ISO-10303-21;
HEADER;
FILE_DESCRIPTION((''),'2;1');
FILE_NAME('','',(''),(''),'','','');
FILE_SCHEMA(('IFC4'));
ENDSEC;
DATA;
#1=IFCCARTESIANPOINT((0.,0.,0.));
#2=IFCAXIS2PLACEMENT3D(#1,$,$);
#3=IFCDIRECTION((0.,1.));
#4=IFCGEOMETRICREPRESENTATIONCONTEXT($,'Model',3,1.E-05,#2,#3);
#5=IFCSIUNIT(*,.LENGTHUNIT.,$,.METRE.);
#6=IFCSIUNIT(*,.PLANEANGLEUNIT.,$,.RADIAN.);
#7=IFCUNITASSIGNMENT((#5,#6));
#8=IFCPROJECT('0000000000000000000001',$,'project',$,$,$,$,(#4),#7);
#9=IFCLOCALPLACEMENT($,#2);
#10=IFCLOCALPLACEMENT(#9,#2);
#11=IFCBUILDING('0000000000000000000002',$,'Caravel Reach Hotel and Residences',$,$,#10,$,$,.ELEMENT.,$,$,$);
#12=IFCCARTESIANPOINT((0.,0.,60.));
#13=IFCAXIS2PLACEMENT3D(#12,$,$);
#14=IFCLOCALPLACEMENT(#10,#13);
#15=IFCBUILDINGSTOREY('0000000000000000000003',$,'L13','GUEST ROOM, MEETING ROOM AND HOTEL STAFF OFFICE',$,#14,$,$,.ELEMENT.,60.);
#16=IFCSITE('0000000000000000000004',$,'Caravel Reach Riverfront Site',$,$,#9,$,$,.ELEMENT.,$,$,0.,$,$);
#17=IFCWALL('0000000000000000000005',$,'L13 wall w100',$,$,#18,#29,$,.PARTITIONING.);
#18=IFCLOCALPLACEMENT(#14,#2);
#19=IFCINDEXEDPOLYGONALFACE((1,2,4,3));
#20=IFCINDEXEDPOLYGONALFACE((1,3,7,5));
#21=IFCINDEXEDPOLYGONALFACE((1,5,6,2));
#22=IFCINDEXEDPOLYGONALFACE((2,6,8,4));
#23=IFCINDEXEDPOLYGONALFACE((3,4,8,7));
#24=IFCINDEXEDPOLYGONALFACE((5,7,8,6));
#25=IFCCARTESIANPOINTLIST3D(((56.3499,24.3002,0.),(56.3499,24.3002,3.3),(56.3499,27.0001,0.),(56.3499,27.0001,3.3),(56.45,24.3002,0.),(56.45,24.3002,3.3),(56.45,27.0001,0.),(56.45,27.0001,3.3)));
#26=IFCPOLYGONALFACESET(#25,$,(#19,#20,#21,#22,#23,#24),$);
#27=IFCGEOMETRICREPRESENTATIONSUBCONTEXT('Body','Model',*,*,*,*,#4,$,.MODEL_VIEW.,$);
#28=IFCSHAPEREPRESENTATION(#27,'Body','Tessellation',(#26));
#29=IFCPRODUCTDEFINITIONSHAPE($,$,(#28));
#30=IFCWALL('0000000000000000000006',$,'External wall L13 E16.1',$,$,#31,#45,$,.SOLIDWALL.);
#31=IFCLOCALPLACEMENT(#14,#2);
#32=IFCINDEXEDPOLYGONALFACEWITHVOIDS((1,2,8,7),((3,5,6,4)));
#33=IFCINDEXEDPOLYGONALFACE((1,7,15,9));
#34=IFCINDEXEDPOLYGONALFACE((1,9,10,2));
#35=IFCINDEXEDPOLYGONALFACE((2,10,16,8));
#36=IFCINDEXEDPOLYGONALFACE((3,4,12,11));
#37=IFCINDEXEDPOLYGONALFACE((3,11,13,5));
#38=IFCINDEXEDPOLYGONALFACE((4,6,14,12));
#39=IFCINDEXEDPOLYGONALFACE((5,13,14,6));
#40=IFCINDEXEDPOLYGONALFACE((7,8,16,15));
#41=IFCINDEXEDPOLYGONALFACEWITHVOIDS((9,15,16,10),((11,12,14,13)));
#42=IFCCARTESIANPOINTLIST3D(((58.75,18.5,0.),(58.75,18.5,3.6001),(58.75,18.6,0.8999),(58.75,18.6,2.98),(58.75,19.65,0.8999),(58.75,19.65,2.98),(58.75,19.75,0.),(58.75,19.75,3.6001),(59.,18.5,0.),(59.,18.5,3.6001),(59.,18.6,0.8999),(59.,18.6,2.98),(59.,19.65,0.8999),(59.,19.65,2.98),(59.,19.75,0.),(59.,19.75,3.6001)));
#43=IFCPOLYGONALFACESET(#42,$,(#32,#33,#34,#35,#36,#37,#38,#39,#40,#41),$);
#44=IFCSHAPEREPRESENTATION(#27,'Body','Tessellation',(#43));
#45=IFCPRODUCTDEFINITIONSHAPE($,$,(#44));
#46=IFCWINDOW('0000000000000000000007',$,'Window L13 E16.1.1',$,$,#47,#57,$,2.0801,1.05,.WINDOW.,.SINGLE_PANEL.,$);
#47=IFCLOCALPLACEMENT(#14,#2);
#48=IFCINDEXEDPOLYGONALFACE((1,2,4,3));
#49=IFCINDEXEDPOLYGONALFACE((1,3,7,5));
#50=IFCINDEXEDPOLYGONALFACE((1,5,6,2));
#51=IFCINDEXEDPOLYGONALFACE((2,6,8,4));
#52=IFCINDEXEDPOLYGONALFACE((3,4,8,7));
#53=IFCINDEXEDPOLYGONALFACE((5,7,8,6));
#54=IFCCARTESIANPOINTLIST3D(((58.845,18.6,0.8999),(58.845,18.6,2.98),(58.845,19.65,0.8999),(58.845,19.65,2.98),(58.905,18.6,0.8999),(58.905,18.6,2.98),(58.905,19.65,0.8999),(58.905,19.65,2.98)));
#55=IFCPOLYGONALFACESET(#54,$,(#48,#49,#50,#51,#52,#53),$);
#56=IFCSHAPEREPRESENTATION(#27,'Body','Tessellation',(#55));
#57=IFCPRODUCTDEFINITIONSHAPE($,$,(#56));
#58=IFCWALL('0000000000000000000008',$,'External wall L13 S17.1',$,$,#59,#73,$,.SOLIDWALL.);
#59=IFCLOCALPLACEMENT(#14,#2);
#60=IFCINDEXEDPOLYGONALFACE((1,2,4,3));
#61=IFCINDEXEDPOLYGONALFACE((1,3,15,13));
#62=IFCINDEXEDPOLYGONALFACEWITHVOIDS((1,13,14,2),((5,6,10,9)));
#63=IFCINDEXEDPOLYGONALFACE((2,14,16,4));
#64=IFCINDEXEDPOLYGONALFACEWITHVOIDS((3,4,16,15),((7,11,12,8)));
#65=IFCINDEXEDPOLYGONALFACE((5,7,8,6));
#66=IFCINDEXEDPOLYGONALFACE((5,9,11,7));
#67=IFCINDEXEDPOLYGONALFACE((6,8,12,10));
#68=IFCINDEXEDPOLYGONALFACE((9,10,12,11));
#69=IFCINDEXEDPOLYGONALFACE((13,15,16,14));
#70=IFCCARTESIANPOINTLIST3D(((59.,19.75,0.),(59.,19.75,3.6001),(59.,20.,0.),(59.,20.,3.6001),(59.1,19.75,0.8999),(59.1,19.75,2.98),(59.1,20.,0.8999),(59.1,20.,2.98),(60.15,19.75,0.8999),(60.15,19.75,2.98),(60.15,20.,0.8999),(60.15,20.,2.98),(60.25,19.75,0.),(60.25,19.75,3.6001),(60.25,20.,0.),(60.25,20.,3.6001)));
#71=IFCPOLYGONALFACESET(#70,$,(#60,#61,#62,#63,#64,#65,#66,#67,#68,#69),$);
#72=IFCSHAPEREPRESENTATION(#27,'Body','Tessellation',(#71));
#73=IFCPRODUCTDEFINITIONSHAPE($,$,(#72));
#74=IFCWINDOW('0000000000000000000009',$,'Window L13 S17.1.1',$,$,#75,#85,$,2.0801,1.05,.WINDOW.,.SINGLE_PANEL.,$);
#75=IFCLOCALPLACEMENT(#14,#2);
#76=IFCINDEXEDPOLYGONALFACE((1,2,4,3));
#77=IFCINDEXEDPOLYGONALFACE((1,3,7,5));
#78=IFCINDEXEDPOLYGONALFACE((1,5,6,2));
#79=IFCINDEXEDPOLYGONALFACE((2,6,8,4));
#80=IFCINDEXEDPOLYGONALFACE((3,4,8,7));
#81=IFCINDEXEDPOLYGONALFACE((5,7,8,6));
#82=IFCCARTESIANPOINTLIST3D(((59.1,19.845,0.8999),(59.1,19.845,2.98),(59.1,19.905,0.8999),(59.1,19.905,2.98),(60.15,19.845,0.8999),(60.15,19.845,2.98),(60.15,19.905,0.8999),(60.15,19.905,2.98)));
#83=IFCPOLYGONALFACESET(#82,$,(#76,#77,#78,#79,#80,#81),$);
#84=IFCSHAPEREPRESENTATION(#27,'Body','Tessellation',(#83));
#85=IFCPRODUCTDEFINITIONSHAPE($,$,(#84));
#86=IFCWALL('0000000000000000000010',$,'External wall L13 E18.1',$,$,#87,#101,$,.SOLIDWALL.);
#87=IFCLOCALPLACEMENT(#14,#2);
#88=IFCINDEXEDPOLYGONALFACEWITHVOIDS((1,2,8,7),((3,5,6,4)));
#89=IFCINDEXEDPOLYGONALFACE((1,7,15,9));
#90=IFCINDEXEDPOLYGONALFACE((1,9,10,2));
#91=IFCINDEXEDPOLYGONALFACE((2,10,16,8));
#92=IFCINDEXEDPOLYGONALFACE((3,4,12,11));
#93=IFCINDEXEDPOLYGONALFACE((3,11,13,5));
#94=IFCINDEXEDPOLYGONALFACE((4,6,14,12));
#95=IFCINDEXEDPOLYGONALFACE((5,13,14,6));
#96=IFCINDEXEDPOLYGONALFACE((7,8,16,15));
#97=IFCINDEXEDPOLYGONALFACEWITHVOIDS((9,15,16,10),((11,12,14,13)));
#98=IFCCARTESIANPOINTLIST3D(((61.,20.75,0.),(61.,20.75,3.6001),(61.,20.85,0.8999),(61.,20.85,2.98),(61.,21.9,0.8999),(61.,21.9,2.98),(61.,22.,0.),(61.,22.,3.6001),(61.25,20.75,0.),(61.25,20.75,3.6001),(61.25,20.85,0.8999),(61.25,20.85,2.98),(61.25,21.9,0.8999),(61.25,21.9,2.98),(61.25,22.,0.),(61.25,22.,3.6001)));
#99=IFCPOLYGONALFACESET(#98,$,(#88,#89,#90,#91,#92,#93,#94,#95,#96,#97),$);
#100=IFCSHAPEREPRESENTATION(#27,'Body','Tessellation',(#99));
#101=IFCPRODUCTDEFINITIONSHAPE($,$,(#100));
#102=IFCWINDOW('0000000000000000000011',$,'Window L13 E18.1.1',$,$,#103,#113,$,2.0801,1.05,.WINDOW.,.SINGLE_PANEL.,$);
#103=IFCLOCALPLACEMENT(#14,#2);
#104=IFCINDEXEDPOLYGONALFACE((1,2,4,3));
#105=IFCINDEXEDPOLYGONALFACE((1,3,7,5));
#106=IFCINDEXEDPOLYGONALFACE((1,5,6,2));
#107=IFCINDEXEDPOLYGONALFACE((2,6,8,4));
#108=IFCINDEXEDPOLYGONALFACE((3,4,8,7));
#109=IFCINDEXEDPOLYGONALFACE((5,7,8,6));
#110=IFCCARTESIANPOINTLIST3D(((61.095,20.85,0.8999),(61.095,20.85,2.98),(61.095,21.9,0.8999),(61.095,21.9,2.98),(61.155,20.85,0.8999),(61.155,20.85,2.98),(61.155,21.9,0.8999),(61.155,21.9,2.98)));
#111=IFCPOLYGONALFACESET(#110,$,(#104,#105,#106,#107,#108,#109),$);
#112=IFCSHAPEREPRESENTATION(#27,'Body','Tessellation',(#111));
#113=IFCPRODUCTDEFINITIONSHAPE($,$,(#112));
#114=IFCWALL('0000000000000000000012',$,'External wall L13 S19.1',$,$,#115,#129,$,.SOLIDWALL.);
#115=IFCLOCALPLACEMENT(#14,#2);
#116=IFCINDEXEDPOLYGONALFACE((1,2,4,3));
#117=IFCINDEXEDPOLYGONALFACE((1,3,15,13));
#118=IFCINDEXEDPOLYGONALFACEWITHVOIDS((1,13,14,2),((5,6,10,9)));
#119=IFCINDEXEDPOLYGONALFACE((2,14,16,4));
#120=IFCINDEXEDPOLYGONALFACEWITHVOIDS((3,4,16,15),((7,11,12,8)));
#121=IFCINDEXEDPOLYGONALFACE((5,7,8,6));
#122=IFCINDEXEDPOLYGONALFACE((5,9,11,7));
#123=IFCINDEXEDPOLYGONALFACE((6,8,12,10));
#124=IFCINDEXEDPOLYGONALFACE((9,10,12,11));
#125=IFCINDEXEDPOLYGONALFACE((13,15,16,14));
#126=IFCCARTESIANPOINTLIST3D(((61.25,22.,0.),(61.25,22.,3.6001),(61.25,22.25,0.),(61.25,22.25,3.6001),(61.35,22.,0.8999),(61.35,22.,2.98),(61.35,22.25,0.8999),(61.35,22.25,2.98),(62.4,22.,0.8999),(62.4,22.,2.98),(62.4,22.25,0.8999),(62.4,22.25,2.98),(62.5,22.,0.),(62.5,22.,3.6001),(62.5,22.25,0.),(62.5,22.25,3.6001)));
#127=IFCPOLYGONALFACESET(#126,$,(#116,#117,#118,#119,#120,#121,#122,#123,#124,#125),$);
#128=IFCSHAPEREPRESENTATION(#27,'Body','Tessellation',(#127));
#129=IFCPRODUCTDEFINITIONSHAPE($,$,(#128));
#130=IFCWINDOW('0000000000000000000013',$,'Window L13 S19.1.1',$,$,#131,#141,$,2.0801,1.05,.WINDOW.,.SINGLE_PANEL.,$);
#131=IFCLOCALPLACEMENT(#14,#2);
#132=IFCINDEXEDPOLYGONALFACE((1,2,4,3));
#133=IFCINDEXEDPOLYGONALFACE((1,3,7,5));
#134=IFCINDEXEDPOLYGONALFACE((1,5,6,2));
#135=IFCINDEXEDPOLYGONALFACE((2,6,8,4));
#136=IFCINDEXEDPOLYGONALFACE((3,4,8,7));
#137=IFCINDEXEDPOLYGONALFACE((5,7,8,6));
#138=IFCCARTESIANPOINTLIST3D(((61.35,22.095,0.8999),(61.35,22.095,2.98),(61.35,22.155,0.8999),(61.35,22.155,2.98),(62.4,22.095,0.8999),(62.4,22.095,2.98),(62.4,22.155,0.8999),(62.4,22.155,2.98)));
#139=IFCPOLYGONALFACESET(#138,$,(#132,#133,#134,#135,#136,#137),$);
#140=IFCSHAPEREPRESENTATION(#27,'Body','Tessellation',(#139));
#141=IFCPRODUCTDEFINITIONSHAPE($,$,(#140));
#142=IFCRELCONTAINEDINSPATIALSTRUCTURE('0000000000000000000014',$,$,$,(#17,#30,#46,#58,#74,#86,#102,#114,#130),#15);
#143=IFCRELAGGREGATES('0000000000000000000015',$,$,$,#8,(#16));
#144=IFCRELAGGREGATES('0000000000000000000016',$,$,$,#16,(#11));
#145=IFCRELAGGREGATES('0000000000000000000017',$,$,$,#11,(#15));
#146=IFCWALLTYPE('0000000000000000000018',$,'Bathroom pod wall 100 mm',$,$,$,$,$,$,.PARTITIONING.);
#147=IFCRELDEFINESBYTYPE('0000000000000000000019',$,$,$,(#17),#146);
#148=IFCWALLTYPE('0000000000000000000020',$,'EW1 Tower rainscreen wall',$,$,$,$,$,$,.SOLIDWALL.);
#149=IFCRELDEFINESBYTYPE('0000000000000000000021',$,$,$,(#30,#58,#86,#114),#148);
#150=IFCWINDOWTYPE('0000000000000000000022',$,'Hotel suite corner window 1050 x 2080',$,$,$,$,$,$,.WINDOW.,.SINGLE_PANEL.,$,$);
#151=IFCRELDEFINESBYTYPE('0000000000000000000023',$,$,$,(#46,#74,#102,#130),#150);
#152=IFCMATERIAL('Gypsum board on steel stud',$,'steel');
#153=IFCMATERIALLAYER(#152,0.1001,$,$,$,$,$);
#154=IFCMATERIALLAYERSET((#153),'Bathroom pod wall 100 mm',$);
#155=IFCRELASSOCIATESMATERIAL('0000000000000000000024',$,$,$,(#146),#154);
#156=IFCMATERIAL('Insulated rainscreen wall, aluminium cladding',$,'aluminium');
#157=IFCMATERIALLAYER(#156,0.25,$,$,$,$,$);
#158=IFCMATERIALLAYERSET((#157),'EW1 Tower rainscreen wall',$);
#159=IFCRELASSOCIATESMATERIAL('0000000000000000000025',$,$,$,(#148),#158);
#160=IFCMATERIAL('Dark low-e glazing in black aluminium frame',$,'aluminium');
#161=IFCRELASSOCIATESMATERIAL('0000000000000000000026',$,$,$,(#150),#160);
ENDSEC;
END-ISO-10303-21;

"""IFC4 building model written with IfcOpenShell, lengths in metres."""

from ifc_helpers import new_model, si_unit, direction, frame, frame_2d, origin, place, context, subcontext, project, spatial, rectangle, extrude, material, layer, layer_set, type_object, element, fill, save


model = new_model("IFC4")

# Units and contexts
model_context = context("Model", 3, precision=1e-05, world=origin(), true_north=direction((0.0, 1.0)))
body_context = subcontext(model_context, "Body", "Model", "MODEL_VIEW")
ifc_project = project(units=[si_unit("LENGTHUNIT", "METRE"), si_unit("PLANEANGLEUNIT", "RADIAN")], contexts=[model_context])

# Site, building, storey
site_placement = place(None, origin())
site = spatial("IfcSite", under=ifc_project, at=site_placement, Name="Caravel Reach Riverfront Site", CompositionType="ELEMENT", RefElevation=0.0)
building_placement = place(site_placement, origin())
building = spatial("IfcBuilding", under=site, at=building_placement, Name="Caravel Reach Hotel and Residences", CompositionType="ELEMENT")
storey_placement = place(building_placement, frame((0.0, 0.0, 60.0)))
storey = spatial("IfcBuildingStorey", under=building, at=storey_placement, Name="L13", Description="GUEST ROOM, MEETING ROOM AND HOTEL STAFF OFFICE", CompositionType="ELEMENT", Elevation=60.0)

# Shared definitions
ifc_material_1 = material(Name="Gypsum board on steel stud", Category="steel")
ifc_layer_1 = layer(ifc_material_1, 0.1001)
ifc_layer_set_1 = layer_set([ifc_layer_1], Name="Bathroom pod wall 100 mm")
wall_type_1 = type_object("IfcWallType", Name="Bathroom pod wall 100 mm", PredefinedType="PARTITIONING", material=ifc_layer_set_1)

# Wall
for number, where, z_axis, x_axis, name in (
    (1, (56.3999, 24.3, 0.0), (0.0, 0.0, 1.0), (0.0, 1.0, 0.0), "L13 wall w100"),
):
    element("IfcWall", number, at=place(storey_placement, frame(where, z_axis=z_axis, x_axis=x_axis)), inside=storey, type_object=wall_type_1, Name=name, PredefinedType="PARTITIONING", context=body_context, shape_type="SweptSolid", body=[
        extrude(rectangle(XDim=2.7, YDim=0.1001, at=frame_2d((1.3501, 0.0))), origin(), (0.0, 0.0, 1.0), 3.3),
    ])

# Walls, openings, windows
ifc_material_2 = material(Name="Insulated rainscreen wall, aluminium cladding", Category="aluminium")
ifc_layer_2 = layer(ifc_material_2, 0.25)
ifc_layer_set_2 = layer_set([ifc_layer_2], Name="EW1 Tower rainscreen wall")
wall_type_2 = type_object("IfcWallType", Name="EW1 Tower rainscreen wall", PredefinedType="SOLIDWALL", material=ifc_layer_set_2)
wall_1_placement = place(storey_placement, frame((58.875, 18.5, 0.0), z_axis=(0.0, 0.0, 1.0), x_axis=(0.0, 1.0, 0.0)))
wall_1 = element("IfcWall", 2, at=wall_1_placement, inside=storey, type_object=wall_type_2, Name="External wall L13 E16.1", PredefinedType="SOLIDWALL", context=body_context, shape_type="SweptSolid", body=[
    extrude(rectangle(XDim=1.25, YDim=0.25, at=frame_2d((0.625, 0.0))), origin(), (0.0, 0.0, 1.0), 3.6001),
])
opening_1_placement = place(wall_1_placement, frame((0.1001, 0.0, 0.8999)))
opening_1 = element("IfcOpeningElement", 3, at=opening_1_placement, cuts=wall_1, PredefinedType="OPENING", context=body_context, shape_type="SweptSolid", body=[
    extrude(rectangle(XDim=1.05, YDim=2.0801, at=frame_2d((0.5249, 1.04))), frame((0.0, 0.135, 0.0), z_axis=(0.0, -1.0, 0.0), x_axis=(1.0, 0.0, 0.0)), (0.0, 0.0, 1.0), 0.27),
])
ifc_material_3 = material(Name="Dark low-e glazing in black aluminium frame", Category="aluminium")
window_type_1 = type_object("IfcWindowType", Name="Hotel suite corner window 1050 x 2080", PartitioningType="SINGLE_PANEL", PredefinedType="WINDOW", material=ifc_material_3)
window_1_placement = place(opening_1_placement, origin())
window_1 = element("IfcWindow", 4, at=window_1_placement, inside=storey, type_object=window_type_1, Name="Window L13 E16.1.1", OverallHeight=2.0801, OverallWidth=1.05, PartitioningType="SINGLE_PANEL", PredefinedType="WINDOW", context=body_context, shape_type="SweptSolid", body=[
    extrude(rectangle(XDim=1.05, YDim=2.0801, at=frame_2d((0.5249, 1.04))), frame((0.0, 0.03, 0.0), z_axis=(0.0, -1.0, 0.0), x_axis=(1.0, 0.0, 0.0)), (0.0, 0.0, 1.0), 0.0601),
])
fill(opening_1, window_1)
wall_2_placement = place(storey_placement, frame((59.0, 19.875, 0.0), z_axis=(0.0, 0.0, 1.0), x_axis=(1.0, 0.0, 0.0)))
wall_2 = element("IfcWall", 5, at=wall_2_placement, inside=storey, type_object=wall_type_2, Name="External wall L13 S17.1", PredefinedType="SOLIDWALL", context=body_context, shape_type="SweptSolid", body=[
    extrude(rectangle(XDim=1.25, YDim=0.25, at=frame_2d((0.625, 0.0))), origin(), (0.0, 0.0, 1.0), 3.6001),
])
opening_2_placement = place(wall_2_placement, frame((0.1001, 0.0, 0.8999)))
opening_2 = element("IfcOpeningElement", 6, at=opening_2_placement, cuts=wall_2, PredefinedType="OPENING", context=body_context, shape_type="SweptSolid", body=[
    extrude(rectangle(XDim=1.05, YDim=2.0801, at=frame_2d((0.5249, 1.04))), frame((0.0, 0.135, 0.0), z_axis=(0.0, -1.0, 0.0), x_axis=(1.0, 0.0, 0.0)), (0.0, 0.0, 1.0), 0.27),
])
window_2_placement = place(opening_2_placement, origin())
window_2 = element("IfcWindow", 7, at=window_2_placement, inside=storey, type_object=window_type_1, Name="Window L13 S17.1.1", OverallHeight=2.0801, OverallWidth=1.05, PartitioningType="SINGLE_PANEL", PredefinedType="WINDOW", context=body_context, shape_type="SweptSolid", body=[
    extrude(rectangle(XDim=1.05, YDim=2.0801, at=frame_2d((0.5249, 1.04))), frame((0.0, 0.03, 0.0), z_axis=(0.0, -1.0, 0.0), x_axis=(1.0, 0.0, 0.0)), (0.0, 0.0, 1.0), 0.0601),
])
fill(opening_2, window_2)
wall_3_placement = place(storey_placement, frame((61.125, 20.75, 0.0), z_axis=(0.0, 0.0, 1.0), x_axis=(0.0, 1.0, 0.0)))
wall_3 = element("IfcWall", 8, at=wall_3_placement, inside=storey, type_object=wall_type_2, Name="External wall L13 E18.1", PredefinedType="SOLIDWALL", context=body_context, shape_type="SweptSolid", body=[
    extrude(rectangle(XDim=1.25, YDim=0.25, at=frame_2d((0.625, 0.0))), origin(), (0.0, 0.0, 1.0), 3.6001),
])
opening_3_placement = place(wall_3_placement, frame((0.1001, 0.0, 0.8999)))
opening_3 = element("IfcOpeningElement", 9, at=opening_3_placement, cuts=wall_3, PredefinedType="OPENING", context=body_context, shape_type="SweptSolid", body=[
    extrude(rectangle(XDim=1.05, YDim=2.0801, at=frame_2d((0.5249, 1.04))), frame((0.0, 0.135, 0.0), z_axis=(0.0, -1.0, 0.0), x_axis=(1.0, 0.0, 0.0)), (0.0, 0.0, 1.0), 0.27),
])
window_3_placement = place(opening_3_placement, origin())
window_3 = element("IfcWindow", 10, at=window_3_placement, inside=storey, type_object=window_type_1, Name="Window L13 E18.1.1", OverallHeight=2.0801, OverallWidth=1.05, PartitioningType="SINGLE_PANEL", PredefinedType="WINDOW", context=body_context, shape_type="SweptSolid", body=[
    extrude(rectangle(XDim=1.05, YDim=2.0801, at=frame_2d((0.5249, 1.04))), frame((0.0, 0.03, 0.0), z_axis=(0.0, -1.0, 0.0), x_axis=(1.0, 0.0, 0.0)), (0.0, 0.0, 1.0), 0.0601),
])
fill(opening_3, window_3)
wall_4_placement = place(storey_placement, frame((61.25, 22.125, 0.0), z_axis=(0.0, 0.0, 1.0), x_axis=(1.0, 0.0, 0.0)))
wall_4 = element("IfcWall", 11, at=wall_4_placement, inside=storey, type_object=wall_type_2, Name="External wall L13 S19.1", PredefinedType="SOLIDWALL", context=body_context, shape_type="SweptSolid", body=[
    extrude(rectangle(XDim=1.25, YDim=0.25, at=frame_2d((0.625, 0.0))), origin(), (0.0, 0.0, 1.0), 3.6001),
])
opening_4_placement = place(wall_4_placement, frame((0.1001, 0.0, 0.8999)))
opening_4 = element("IfcOpeningElement", 12, at=opening_4_placement, cuts=wall_4, PredefinedType="OPENING", context=body_context, shape_type="SweptSolid", body=[
    extrude(rectangle(XDim=1.05, YDim=2.0801, at=frame_2d((0.5249, 1.04))), frame((0.0, 0.135, 0.0), z_axis=(0.0, -1.0, 0.0), x_axis=(1.0, 0.0, 0.0)), (0.0, 0.0, 1.0), 0.27),
])
window_4_placement = place(opening_4_placement, origin())
window_4 = element("IfcWindow", 13, at=window_4_placement, inside=storey, type_object=window_type_1, Name="Window L13 S19.1.1", OverallHeight=2.0801, OverallWidth=1.05, PartitioningType="SINGLE_PANEL", PredefinedType="WINDOW", context=body_context, shape_type="SweptSolid", body=[
    extrude(rectangle(XDim=1.05, YDim=2.0801, at=frame_2d((0.5249, 1.04))), frame((0.0, 0.03, 0.0), z_axis=(0.0, -1.0, 0.0), x_axis=(1.0, 0.0, 0.0)), (0.0, 0.0, 1.0), 0.0601),
])
fill(opening_4, window_4)

save(model, "model.ifc")
